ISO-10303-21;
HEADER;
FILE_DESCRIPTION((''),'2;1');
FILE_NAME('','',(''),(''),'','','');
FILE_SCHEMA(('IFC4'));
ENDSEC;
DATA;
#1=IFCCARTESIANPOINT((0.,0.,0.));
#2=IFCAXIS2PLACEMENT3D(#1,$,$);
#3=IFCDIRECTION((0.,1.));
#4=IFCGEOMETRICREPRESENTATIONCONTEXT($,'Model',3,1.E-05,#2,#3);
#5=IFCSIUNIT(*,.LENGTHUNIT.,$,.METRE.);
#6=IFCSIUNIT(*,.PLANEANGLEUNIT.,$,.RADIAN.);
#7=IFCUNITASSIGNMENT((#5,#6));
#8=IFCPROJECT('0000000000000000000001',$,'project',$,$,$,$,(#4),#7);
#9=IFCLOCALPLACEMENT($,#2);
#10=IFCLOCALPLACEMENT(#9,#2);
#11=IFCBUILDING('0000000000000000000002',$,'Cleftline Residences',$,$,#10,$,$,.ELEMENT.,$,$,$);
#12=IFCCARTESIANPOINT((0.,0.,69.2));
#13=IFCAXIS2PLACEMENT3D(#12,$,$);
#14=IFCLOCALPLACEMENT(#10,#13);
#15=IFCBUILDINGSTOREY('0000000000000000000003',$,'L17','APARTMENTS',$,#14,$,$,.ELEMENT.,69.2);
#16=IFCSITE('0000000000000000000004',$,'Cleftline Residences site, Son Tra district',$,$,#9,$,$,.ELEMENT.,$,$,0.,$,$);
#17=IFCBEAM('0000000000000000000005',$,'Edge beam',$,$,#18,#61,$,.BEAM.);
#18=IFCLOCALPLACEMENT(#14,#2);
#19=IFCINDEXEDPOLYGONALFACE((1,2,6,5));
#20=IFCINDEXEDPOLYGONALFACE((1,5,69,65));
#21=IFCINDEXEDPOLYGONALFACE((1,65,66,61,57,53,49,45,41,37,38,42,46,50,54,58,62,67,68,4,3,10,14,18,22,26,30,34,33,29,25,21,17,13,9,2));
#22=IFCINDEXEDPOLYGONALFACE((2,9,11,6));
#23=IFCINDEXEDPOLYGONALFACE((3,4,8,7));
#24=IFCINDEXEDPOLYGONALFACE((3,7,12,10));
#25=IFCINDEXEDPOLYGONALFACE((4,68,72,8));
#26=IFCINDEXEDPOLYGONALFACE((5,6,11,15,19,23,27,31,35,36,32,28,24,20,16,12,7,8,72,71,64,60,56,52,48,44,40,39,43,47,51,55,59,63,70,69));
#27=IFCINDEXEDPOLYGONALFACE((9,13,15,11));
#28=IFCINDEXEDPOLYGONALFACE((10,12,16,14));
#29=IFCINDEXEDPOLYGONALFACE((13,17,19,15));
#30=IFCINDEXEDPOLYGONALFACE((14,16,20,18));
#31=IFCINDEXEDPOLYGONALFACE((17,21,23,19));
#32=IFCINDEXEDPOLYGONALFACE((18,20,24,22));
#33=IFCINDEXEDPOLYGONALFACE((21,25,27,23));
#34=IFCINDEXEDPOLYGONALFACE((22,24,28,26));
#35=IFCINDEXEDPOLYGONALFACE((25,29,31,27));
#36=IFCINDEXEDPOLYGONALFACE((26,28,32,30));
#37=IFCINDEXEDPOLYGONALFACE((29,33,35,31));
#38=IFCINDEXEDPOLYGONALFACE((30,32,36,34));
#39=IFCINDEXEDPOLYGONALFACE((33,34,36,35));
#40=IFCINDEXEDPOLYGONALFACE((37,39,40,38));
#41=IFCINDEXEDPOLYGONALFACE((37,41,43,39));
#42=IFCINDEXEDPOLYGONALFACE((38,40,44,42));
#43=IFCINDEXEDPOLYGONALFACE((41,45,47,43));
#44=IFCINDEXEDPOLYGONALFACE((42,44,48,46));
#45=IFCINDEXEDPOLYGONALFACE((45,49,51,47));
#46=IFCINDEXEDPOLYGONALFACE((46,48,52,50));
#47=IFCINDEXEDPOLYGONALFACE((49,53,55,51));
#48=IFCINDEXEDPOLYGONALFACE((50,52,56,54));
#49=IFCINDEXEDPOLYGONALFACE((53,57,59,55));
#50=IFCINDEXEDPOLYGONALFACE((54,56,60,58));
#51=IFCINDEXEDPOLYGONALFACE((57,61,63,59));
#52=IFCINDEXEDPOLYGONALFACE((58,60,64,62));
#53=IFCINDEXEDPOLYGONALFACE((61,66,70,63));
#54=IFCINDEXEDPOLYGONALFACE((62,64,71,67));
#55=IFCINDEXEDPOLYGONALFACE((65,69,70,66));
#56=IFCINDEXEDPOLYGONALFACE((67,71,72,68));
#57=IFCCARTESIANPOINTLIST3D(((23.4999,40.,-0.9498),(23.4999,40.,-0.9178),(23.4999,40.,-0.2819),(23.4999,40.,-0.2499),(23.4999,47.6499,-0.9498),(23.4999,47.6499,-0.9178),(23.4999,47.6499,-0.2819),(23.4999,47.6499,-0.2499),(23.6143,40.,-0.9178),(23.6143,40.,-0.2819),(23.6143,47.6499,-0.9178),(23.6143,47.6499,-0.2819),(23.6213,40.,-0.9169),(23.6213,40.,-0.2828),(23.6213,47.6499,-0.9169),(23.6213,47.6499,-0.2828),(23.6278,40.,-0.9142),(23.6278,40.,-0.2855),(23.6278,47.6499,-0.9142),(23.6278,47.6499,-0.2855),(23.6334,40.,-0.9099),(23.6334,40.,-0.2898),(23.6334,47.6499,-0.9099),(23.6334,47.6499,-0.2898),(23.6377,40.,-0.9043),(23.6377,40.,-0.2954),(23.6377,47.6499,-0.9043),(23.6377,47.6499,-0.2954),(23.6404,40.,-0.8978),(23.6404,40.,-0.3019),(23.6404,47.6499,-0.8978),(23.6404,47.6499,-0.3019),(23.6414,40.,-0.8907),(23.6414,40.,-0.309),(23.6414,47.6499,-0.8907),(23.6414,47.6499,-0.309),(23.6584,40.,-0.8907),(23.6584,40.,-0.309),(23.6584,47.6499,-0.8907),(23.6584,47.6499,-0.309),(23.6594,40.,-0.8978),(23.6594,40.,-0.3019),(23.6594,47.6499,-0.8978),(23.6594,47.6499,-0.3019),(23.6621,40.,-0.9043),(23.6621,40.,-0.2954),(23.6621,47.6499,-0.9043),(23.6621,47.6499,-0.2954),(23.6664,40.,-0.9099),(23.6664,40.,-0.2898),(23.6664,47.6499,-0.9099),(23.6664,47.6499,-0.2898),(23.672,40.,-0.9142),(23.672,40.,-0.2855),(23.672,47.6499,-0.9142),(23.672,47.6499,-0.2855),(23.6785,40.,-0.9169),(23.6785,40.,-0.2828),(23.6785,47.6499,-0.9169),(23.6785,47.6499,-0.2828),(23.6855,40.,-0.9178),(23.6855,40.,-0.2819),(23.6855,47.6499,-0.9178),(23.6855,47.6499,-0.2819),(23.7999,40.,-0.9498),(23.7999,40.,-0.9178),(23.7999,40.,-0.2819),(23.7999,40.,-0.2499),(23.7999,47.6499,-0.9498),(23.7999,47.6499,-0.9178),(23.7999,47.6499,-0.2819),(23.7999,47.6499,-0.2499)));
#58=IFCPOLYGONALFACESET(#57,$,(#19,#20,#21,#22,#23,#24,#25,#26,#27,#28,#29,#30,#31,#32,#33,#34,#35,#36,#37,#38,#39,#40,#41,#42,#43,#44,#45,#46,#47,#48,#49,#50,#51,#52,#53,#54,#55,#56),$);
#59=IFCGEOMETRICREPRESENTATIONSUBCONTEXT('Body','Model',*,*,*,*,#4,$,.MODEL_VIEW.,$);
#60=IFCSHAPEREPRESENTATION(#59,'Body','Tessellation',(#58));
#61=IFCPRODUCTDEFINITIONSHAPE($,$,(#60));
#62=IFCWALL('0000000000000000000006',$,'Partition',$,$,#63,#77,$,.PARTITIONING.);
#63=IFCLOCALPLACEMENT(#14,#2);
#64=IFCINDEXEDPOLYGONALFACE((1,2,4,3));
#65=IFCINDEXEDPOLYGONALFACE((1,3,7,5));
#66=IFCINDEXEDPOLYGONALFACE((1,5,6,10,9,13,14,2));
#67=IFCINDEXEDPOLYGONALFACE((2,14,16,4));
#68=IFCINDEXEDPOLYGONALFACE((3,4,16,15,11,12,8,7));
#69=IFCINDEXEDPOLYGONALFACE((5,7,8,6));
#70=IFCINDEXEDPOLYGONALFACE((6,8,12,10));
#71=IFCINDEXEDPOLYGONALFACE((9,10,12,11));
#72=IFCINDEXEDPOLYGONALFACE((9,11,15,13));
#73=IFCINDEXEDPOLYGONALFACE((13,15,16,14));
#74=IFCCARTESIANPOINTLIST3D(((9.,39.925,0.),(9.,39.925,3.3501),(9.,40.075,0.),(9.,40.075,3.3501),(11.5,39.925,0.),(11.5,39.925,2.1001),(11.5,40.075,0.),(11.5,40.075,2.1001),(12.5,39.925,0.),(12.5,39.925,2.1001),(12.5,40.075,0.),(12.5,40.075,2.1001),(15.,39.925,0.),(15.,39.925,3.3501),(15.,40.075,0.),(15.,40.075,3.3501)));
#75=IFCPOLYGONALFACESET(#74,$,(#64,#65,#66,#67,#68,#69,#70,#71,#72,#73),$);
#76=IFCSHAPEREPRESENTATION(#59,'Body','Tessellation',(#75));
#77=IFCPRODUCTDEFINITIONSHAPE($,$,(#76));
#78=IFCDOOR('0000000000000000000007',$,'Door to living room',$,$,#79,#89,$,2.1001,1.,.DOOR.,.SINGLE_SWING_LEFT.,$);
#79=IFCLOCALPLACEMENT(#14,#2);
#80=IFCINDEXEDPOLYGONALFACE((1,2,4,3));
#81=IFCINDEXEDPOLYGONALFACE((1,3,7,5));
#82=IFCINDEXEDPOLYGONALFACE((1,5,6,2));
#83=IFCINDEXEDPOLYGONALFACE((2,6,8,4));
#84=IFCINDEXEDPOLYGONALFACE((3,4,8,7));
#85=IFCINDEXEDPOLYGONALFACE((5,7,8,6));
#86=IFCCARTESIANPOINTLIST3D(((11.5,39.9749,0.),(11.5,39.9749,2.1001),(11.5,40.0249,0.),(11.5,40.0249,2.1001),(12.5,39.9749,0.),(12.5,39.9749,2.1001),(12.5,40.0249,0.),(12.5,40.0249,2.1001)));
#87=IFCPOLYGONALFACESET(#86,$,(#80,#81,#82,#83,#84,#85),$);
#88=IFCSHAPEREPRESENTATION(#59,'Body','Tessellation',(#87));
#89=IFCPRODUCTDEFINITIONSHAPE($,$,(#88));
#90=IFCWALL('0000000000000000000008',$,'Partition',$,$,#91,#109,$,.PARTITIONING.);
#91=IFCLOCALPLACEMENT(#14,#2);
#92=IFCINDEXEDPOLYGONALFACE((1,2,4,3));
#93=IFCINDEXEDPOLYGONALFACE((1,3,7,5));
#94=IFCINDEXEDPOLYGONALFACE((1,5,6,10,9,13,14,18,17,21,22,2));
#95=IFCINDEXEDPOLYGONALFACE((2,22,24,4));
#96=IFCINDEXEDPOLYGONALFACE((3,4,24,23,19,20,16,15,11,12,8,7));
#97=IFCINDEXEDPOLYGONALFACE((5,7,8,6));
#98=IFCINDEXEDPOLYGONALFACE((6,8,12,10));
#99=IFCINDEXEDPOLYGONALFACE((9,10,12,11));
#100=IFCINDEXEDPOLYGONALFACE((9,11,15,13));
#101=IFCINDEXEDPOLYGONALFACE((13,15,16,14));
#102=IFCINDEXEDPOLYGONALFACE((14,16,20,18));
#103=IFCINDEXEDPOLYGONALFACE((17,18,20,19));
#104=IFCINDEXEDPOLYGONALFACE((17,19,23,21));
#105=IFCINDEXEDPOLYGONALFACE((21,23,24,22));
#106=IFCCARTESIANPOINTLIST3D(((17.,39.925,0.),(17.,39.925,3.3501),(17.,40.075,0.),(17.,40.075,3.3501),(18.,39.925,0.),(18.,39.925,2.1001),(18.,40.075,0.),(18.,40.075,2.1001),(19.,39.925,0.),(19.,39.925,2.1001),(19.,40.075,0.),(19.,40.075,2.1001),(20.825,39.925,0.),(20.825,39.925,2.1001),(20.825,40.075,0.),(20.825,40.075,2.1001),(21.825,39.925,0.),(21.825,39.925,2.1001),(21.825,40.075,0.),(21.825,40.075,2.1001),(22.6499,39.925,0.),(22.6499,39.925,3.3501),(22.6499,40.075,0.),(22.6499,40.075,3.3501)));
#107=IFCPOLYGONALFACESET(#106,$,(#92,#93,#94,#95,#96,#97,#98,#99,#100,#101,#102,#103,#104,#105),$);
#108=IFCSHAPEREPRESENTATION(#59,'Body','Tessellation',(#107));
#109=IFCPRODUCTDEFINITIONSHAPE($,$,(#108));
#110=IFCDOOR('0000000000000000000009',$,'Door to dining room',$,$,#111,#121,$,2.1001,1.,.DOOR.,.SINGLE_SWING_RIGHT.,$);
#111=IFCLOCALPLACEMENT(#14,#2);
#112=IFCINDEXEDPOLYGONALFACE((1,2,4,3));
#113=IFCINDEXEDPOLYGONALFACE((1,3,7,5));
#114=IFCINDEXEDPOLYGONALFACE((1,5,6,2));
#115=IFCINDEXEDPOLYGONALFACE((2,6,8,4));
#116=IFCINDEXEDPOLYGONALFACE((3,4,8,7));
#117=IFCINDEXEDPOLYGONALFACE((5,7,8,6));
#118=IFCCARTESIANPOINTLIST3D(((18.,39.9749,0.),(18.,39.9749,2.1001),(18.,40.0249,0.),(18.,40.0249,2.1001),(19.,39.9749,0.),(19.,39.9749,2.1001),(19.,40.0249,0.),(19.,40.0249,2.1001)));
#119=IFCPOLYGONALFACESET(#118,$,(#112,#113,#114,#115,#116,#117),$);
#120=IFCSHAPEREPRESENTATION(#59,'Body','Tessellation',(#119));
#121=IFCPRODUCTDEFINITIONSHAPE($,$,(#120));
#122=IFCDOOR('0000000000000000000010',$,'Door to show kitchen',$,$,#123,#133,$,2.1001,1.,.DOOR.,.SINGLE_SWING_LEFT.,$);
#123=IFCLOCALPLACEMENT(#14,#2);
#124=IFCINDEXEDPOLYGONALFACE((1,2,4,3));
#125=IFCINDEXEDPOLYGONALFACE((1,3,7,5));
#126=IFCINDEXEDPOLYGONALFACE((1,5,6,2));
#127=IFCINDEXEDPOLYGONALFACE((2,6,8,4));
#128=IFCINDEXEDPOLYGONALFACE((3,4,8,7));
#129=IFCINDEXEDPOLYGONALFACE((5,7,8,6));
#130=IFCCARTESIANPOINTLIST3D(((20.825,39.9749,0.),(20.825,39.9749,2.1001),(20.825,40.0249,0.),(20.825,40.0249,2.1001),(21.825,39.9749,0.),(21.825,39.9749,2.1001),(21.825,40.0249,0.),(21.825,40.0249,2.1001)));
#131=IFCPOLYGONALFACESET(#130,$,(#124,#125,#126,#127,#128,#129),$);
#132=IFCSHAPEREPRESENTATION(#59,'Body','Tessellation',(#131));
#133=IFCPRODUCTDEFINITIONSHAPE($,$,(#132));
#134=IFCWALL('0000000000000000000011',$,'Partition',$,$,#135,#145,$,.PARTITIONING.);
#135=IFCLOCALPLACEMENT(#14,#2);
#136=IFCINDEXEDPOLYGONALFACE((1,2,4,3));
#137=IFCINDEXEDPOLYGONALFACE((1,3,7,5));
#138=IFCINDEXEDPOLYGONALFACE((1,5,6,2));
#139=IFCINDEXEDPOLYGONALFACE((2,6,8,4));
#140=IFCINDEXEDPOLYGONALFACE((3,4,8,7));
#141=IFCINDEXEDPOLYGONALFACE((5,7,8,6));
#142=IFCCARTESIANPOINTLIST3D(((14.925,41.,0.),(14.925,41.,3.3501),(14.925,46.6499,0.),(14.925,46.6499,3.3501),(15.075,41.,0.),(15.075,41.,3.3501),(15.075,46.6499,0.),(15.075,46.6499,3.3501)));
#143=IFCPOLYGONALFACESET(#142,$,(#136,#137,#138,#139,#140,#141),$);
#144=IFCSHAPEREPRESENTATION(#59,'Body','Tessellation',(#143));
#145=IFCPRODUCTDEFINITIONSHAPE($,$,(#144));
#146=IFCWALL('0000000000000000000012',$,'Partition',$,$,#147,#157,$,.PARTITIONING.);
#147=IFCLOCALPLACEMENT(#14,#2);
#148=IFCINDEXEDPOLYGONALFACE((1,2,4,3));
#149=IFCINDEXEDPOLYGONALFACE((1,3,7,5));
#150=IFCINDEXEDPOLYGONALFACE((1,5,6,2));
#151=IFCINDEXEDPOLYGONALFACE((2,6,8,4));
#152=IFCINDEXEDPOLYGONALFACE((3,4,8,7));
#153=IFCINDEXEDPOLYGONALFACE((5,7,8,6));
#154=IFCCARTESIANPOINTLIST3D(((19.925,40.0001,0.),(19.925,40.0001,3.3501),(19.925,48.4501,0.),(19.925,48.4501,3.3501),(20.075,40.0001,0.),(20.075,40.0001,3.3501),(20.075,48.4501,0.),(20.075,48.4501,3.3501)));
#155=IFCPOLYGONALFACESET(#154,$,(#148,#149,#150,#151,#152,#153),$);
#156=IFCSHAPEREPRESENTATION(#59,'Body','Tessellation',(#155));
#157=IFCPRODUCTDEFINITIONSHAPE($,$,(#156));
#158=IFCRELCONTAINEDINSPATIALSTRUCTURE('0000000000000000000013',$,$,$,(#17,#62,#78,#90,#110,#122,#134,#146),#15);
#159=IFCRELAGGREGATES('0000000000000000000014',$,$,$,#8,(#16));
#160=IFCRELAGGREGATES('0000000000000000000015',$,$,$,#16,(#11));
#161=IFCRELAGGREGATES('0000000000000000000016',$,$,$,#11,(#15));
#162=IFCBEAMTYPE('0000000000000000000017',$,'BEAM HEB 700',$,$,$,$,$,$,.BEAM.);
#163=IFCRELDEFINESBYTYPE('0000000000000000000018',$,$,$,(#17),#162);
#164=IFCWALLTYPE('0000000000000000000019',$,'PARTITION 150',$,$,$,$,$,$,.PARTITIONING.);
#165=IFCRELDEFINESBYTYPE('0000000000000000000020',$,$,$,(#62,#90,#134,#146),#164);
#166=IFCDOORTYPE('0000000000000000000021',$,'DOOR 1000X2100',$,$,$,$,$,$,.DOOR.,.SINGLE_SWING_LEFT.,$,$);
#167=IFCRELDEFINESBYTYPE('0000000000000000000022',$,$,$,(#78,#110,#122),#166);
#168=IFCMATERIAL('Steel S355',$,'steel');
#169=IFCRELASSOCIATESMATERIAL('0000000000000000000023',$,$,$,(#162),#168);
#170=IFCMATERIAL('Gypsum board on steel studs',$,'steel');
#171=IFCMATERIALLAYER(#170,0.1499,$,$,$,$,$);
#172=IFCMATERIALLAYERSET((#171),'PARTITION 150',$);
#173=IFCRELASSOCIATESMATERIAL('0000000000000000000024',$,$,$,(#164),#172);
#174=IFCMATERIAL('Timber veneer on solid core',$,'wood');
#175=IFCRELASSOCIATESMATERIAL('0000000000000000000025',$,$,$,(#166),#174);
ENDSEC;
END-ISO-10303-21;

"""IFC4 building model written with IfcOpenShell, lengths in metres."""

from ifc_helpers import new_model, si_unit, direction, frame, frame_2d, origin, origin_2d, place, context, subcontext, project, spatial, rectangle, i_section, extrude, material, layer, layer_set, material_profile, profile_set, type_object, element, fill, save


model = new_model("IFC4")

# Units and contexts
model_context = context("Model", 3, precision=1e-05, world=origin(), true_north=direction((0.0, 1.0)))
body_context = subcontext(model_context, "Body", "Model", "MODEL_VIEW")
ifc_project = project(units=[si_unit("LENGTHUNIT", "METRE"), si_unit("PLANEANGLEUNIT", "RADIAN")], contexts=[model_context])

# Site, building, storey
site_placement = place(None, origin())
site = spatial("IfcSite", under=ifc_project, at=site_placement, Name="Cleftline Residences site, Son Tra district", CompositionType="ELEMENT", RefElevation=0.0)
building_placement = place(site_placement, origin())
building = spatial("IfcBuilding", under=site, at=building_placement, Name="Cleftline Residences", CompositionType="ELEMENT")
storey_placement = place(building_placement, frame((0.0, 0.0, 69.2)))
storey = spatial("IfcBuildingStorey", under=building, at=storey_placement, Name="L17", Description="APARTMENTS", CompositionType="ELEMENT", Elevation=69.2)

# Beam
ifc_material_1 = material(Name="Steel S355", Category="steel")
ifc_material_profile_1 = material_profile(ifc_material_1, i_section(OverallWidth=0.3, OverallDepth=0.7, WebThickness=0.0171, FlangeThickness=0.032, FilletRadius=0.0271, at=origin_2d()))
ifc_profile_set_1 = profile_set([ifc_material_profile_1], Name="Steel S355")
beam_type = type_object("IfcBeamType", Name="BEAM HEB 700", PredefinedType="BEAM", material=ifc_profile_set_1)
for number, where, z_axis, x_axis, name in (
    (1, (23.6499, 47.6499, -0.5999), (0.0, -1.0, 0.0), (1.0, 0.0, 0.0), "Edge beam"),
):
    element("IfcBeam", number, at=place(storey_placement, frame(where, z_axis=z_axis, x_axis=x_axis)), inside=storey, type_object=beam_type, Name=name, PredefinedType="BEAM", context=body_context, shape_type="SweptSolid", body=[
        extrude(i_section(OverallWidth=0.3, OverallDepth=0.7, WebThickness=0.0171, FlangeThickness=0.032, FilletRadius=0.0271, at=origin_2d()), origin(), (0.0, 0.0, 1.0), 7.6499),
    ])

# Wall, opening, door
ifc_material_2 = material(Name="Gypsum board on steel studs", Category="steel")
ifc_layer = layer(ifc_material_2, 0.1499)
ifc_layer_set = layer_set([ifc_layer], Name="PARTITION 150")
wall_type = type_object("IfcWallType", Name="PARTITION 150", PredefinedType="PARTITIONING", material=ifc_layer_set)
wall_1_placement = place(storey_placement, frame((9.0, 40.0, 0.0), z_axis=(0.0, 0.0, 1.0), x_axis=(1.0, 0.0, 0.0)))
wall_1 = element("IfcWall", 2, at=wall_1_placement, inside=storey, type_object=wall_type, Name="Partition", PredefinedType="PARTITIONING", context=body_context, shape_type="SweptSolid", body=[
    extrude(rectangle(XDim=6.0, YDim=0.1499, at=frame_2d((3.0, 0.0))), origin(), (0.0, 0.0, 1.0), 3.3501),
])
opening_1_placement = place(wall_1_placement, frame((2.5, 0.0, 0.0)))
opening_1 = element("IfcOpeningElement", 3, at=opening_1_placement, cuts=wall_1, PredefinedType="OPENING", context=body_context, shape_type="SweptSolid", body=[
    extrude(rectangle(XDim=1.0, YDim=2.1001, at=frame_2d((0.5, 1.05))), frame((0.0, 0.085, 0.0), z_axis=(0.0, -1.0, 0.0), x_axis=(1.0, 0.0, 0.0)), (0.0, 0.0, 1.0), 0.1699),
])
ifc_material_3 = material(Name="Timber veneer on solid core", Category="wood")
door_type = type_object("IfcDoorType", Name="DOOR 1000X2100", OperationType="SINGLE_SWING_LEFT", PredefinedType="DOOR", material=ifc_material_3)
door_1_placement = place(opening_1_placement, origin())
door_1 = element("IfcDoor", 4, at=door_1_placement, inside=storey, type_object=door_type, Name="Door to living room", OperationType="SINGLE_SWING_LEFT", OverallHeight=2.1001, OverallWidth=1.0, PredefinedType="DOOR", context=body_context, shape_type="SweptSolid", body=[
    extrude(rectangle(XDim=1.0, YDim=2.1001, at=frame_2d((0.5, 1.05))), frame((0.0, 0.0249, 0.0), z_axis=(0.0, -1.0, 0.0), x_axis=(1.0, 0.0, 0.0)), (0.0, 0.0, 1.0), 0.05),
])
fill(opening_1, door_1)

# Wall, openings, doors
wall_2_placement = place(storey_placement, frame((17.0, 40.0, 0.0), z_axis=(0.0, 0.0, 1.0), x_axis=(1.0, 0.0, 0.0)))
wall_2 = element("IfcWall", 5, at=wall_2_placement, inside=storey, type_object=wall_type, Name="Partition", PredefinedType="PARTITIONING", context=body_context, shape_type="SweptSolid", body=[
    extrude(rectangle(XDim=5.6499, YDim=0.1499, at=frame_2d((2.825, 0.0))), origin(), (0.0, 0.0, 1.0), 3.3501),
])
opening_2_placement = place(wall_2_placement, frame((1.0, 0.0, 0.0)))
opening_2 = element("IfcOpeningElement", 6, at=opening_2_placement, cuts=wall_2, PredefinedType="OPENING", context=body_context, shape_type="SweptSolid", body=[
    extrude(rectangle(XDim=1.0, YDim=2.1001, at=frame_2d((0.5, 1.05))), frame((0.0, 0.085, 0.0), z_axis=(0.0, -1.0, 0.0), x_axis=(1.0, 0.0, 0.0)), (0.0, 0.0, 1.0), 0.1699),
])
opening_3_placement = place(wall_2_placement, frame((3.825, 0.0, 0.0)))
opening_3 = element("IfcOpeningElement", 7, at=opening_3_placement, cuts=wall_2, PredefinedType="OPENING", context=body_context, shape_type="SweptSolid", body=[
    extrude(rectangle(XDim=1.0, YDim=2.1001, at=frame_2d((0.5, 1.05))), frame((0.0, 0.085, 0.0), z_axis=(0.0, -1.0, 0.0), x_axis=(1.0, 0.0, 0.0)), (0.0, 0.0, 1.0), 0.1699),
])
door_2_placement = place(opening_2_placement, origin())
door_2 = element("IfcDoor", 8, at=door_2_placement, inside=storey, type_object=door_type, Name="Door to dining room", OperationType="SINGLE_SWING_RIGHT", OverallHeight=2.1001, OverallWidth=1.0, PredefinedType="DOOR", context=body_context, shape_type="SweptSolid", body=[
    extrude(rectangle(XDim=1.0, YDim=2.1001, at=frame_2d((0.5, 1.05))), frame((0.0, 0.0249, 0.0), z_axis=(0.0, -1.0, 0.0), x_axis=(1.0, 0.0, 0.0)), (0.0, 0.0, 1.0), 0.05),
])
fill(opening_2, door_2)
door_3_placement = place(opening_3_placement, origin())
door_3 = element("IfcDoor", 9, at=door_3_placement, inside=storey, type_object=door_type, Name="Door to show kitchen", OperationType="SINGLE_SWING_LEFT", OverallHeight=2.1001, OverallWidth=1.0, PredefinedType="DOOR", context=body_context, shape_type="SweptSolid", body=[
    extrude(rectangle(XDim=1.0, YDim=2.1001, at=frame_2d((0.5, 1.05))), frame((0.0, 0.0249, 0.0), z_axis=(0.0, -1.0, 0.0), x_axis=(1.0, 0.0, 0.0)), (0.0, 0.0, 1.0), 0.05),
])
fill(opening_3, door_3)

# Walls
wall_3_placement = place(storey_placement, frame((15.0, 41.0, 0.0), z_axis=(0.0, 0.0, 1.0), x_axis=(0.0, 1.0, 0.0)))
element("IfcWall", 10, at=wall_3_placement, inside=storey, type_object=wall_type, Name="Partition", PredefinedType="PARTITIONING", context=body_context, shape_type="SweptSolid", body=[
    extrude(rectangle(XDim=5.6499, YDim=0.1499, at=frame_2d((2.825, 0.0))), origin(), (0.0, 0.0, 1.0), 3.3501),
])
wall_4_placement = place(storey_placement, frame((20.0, 40.0, 0.0), z_axis=(0.0, 0.0, 1.0), x_axis=(0.0, 1.0, 0.0)))
element("IfcWall", 11, at=wall_4_placement, inside=storey, type_object=wall_type, Name="Partition", PredefinedType="PARTITIONING", context=body_context, shape_type="SweptSolid", body=[
    extrude(rectangle(XDim=8.45, YDim=0.1499, at=frame_2d((4.2251, 0.0))), origin(), (0.0, 0.0, 1.0), 3.3501),
])

save(model, "model.ifc")
